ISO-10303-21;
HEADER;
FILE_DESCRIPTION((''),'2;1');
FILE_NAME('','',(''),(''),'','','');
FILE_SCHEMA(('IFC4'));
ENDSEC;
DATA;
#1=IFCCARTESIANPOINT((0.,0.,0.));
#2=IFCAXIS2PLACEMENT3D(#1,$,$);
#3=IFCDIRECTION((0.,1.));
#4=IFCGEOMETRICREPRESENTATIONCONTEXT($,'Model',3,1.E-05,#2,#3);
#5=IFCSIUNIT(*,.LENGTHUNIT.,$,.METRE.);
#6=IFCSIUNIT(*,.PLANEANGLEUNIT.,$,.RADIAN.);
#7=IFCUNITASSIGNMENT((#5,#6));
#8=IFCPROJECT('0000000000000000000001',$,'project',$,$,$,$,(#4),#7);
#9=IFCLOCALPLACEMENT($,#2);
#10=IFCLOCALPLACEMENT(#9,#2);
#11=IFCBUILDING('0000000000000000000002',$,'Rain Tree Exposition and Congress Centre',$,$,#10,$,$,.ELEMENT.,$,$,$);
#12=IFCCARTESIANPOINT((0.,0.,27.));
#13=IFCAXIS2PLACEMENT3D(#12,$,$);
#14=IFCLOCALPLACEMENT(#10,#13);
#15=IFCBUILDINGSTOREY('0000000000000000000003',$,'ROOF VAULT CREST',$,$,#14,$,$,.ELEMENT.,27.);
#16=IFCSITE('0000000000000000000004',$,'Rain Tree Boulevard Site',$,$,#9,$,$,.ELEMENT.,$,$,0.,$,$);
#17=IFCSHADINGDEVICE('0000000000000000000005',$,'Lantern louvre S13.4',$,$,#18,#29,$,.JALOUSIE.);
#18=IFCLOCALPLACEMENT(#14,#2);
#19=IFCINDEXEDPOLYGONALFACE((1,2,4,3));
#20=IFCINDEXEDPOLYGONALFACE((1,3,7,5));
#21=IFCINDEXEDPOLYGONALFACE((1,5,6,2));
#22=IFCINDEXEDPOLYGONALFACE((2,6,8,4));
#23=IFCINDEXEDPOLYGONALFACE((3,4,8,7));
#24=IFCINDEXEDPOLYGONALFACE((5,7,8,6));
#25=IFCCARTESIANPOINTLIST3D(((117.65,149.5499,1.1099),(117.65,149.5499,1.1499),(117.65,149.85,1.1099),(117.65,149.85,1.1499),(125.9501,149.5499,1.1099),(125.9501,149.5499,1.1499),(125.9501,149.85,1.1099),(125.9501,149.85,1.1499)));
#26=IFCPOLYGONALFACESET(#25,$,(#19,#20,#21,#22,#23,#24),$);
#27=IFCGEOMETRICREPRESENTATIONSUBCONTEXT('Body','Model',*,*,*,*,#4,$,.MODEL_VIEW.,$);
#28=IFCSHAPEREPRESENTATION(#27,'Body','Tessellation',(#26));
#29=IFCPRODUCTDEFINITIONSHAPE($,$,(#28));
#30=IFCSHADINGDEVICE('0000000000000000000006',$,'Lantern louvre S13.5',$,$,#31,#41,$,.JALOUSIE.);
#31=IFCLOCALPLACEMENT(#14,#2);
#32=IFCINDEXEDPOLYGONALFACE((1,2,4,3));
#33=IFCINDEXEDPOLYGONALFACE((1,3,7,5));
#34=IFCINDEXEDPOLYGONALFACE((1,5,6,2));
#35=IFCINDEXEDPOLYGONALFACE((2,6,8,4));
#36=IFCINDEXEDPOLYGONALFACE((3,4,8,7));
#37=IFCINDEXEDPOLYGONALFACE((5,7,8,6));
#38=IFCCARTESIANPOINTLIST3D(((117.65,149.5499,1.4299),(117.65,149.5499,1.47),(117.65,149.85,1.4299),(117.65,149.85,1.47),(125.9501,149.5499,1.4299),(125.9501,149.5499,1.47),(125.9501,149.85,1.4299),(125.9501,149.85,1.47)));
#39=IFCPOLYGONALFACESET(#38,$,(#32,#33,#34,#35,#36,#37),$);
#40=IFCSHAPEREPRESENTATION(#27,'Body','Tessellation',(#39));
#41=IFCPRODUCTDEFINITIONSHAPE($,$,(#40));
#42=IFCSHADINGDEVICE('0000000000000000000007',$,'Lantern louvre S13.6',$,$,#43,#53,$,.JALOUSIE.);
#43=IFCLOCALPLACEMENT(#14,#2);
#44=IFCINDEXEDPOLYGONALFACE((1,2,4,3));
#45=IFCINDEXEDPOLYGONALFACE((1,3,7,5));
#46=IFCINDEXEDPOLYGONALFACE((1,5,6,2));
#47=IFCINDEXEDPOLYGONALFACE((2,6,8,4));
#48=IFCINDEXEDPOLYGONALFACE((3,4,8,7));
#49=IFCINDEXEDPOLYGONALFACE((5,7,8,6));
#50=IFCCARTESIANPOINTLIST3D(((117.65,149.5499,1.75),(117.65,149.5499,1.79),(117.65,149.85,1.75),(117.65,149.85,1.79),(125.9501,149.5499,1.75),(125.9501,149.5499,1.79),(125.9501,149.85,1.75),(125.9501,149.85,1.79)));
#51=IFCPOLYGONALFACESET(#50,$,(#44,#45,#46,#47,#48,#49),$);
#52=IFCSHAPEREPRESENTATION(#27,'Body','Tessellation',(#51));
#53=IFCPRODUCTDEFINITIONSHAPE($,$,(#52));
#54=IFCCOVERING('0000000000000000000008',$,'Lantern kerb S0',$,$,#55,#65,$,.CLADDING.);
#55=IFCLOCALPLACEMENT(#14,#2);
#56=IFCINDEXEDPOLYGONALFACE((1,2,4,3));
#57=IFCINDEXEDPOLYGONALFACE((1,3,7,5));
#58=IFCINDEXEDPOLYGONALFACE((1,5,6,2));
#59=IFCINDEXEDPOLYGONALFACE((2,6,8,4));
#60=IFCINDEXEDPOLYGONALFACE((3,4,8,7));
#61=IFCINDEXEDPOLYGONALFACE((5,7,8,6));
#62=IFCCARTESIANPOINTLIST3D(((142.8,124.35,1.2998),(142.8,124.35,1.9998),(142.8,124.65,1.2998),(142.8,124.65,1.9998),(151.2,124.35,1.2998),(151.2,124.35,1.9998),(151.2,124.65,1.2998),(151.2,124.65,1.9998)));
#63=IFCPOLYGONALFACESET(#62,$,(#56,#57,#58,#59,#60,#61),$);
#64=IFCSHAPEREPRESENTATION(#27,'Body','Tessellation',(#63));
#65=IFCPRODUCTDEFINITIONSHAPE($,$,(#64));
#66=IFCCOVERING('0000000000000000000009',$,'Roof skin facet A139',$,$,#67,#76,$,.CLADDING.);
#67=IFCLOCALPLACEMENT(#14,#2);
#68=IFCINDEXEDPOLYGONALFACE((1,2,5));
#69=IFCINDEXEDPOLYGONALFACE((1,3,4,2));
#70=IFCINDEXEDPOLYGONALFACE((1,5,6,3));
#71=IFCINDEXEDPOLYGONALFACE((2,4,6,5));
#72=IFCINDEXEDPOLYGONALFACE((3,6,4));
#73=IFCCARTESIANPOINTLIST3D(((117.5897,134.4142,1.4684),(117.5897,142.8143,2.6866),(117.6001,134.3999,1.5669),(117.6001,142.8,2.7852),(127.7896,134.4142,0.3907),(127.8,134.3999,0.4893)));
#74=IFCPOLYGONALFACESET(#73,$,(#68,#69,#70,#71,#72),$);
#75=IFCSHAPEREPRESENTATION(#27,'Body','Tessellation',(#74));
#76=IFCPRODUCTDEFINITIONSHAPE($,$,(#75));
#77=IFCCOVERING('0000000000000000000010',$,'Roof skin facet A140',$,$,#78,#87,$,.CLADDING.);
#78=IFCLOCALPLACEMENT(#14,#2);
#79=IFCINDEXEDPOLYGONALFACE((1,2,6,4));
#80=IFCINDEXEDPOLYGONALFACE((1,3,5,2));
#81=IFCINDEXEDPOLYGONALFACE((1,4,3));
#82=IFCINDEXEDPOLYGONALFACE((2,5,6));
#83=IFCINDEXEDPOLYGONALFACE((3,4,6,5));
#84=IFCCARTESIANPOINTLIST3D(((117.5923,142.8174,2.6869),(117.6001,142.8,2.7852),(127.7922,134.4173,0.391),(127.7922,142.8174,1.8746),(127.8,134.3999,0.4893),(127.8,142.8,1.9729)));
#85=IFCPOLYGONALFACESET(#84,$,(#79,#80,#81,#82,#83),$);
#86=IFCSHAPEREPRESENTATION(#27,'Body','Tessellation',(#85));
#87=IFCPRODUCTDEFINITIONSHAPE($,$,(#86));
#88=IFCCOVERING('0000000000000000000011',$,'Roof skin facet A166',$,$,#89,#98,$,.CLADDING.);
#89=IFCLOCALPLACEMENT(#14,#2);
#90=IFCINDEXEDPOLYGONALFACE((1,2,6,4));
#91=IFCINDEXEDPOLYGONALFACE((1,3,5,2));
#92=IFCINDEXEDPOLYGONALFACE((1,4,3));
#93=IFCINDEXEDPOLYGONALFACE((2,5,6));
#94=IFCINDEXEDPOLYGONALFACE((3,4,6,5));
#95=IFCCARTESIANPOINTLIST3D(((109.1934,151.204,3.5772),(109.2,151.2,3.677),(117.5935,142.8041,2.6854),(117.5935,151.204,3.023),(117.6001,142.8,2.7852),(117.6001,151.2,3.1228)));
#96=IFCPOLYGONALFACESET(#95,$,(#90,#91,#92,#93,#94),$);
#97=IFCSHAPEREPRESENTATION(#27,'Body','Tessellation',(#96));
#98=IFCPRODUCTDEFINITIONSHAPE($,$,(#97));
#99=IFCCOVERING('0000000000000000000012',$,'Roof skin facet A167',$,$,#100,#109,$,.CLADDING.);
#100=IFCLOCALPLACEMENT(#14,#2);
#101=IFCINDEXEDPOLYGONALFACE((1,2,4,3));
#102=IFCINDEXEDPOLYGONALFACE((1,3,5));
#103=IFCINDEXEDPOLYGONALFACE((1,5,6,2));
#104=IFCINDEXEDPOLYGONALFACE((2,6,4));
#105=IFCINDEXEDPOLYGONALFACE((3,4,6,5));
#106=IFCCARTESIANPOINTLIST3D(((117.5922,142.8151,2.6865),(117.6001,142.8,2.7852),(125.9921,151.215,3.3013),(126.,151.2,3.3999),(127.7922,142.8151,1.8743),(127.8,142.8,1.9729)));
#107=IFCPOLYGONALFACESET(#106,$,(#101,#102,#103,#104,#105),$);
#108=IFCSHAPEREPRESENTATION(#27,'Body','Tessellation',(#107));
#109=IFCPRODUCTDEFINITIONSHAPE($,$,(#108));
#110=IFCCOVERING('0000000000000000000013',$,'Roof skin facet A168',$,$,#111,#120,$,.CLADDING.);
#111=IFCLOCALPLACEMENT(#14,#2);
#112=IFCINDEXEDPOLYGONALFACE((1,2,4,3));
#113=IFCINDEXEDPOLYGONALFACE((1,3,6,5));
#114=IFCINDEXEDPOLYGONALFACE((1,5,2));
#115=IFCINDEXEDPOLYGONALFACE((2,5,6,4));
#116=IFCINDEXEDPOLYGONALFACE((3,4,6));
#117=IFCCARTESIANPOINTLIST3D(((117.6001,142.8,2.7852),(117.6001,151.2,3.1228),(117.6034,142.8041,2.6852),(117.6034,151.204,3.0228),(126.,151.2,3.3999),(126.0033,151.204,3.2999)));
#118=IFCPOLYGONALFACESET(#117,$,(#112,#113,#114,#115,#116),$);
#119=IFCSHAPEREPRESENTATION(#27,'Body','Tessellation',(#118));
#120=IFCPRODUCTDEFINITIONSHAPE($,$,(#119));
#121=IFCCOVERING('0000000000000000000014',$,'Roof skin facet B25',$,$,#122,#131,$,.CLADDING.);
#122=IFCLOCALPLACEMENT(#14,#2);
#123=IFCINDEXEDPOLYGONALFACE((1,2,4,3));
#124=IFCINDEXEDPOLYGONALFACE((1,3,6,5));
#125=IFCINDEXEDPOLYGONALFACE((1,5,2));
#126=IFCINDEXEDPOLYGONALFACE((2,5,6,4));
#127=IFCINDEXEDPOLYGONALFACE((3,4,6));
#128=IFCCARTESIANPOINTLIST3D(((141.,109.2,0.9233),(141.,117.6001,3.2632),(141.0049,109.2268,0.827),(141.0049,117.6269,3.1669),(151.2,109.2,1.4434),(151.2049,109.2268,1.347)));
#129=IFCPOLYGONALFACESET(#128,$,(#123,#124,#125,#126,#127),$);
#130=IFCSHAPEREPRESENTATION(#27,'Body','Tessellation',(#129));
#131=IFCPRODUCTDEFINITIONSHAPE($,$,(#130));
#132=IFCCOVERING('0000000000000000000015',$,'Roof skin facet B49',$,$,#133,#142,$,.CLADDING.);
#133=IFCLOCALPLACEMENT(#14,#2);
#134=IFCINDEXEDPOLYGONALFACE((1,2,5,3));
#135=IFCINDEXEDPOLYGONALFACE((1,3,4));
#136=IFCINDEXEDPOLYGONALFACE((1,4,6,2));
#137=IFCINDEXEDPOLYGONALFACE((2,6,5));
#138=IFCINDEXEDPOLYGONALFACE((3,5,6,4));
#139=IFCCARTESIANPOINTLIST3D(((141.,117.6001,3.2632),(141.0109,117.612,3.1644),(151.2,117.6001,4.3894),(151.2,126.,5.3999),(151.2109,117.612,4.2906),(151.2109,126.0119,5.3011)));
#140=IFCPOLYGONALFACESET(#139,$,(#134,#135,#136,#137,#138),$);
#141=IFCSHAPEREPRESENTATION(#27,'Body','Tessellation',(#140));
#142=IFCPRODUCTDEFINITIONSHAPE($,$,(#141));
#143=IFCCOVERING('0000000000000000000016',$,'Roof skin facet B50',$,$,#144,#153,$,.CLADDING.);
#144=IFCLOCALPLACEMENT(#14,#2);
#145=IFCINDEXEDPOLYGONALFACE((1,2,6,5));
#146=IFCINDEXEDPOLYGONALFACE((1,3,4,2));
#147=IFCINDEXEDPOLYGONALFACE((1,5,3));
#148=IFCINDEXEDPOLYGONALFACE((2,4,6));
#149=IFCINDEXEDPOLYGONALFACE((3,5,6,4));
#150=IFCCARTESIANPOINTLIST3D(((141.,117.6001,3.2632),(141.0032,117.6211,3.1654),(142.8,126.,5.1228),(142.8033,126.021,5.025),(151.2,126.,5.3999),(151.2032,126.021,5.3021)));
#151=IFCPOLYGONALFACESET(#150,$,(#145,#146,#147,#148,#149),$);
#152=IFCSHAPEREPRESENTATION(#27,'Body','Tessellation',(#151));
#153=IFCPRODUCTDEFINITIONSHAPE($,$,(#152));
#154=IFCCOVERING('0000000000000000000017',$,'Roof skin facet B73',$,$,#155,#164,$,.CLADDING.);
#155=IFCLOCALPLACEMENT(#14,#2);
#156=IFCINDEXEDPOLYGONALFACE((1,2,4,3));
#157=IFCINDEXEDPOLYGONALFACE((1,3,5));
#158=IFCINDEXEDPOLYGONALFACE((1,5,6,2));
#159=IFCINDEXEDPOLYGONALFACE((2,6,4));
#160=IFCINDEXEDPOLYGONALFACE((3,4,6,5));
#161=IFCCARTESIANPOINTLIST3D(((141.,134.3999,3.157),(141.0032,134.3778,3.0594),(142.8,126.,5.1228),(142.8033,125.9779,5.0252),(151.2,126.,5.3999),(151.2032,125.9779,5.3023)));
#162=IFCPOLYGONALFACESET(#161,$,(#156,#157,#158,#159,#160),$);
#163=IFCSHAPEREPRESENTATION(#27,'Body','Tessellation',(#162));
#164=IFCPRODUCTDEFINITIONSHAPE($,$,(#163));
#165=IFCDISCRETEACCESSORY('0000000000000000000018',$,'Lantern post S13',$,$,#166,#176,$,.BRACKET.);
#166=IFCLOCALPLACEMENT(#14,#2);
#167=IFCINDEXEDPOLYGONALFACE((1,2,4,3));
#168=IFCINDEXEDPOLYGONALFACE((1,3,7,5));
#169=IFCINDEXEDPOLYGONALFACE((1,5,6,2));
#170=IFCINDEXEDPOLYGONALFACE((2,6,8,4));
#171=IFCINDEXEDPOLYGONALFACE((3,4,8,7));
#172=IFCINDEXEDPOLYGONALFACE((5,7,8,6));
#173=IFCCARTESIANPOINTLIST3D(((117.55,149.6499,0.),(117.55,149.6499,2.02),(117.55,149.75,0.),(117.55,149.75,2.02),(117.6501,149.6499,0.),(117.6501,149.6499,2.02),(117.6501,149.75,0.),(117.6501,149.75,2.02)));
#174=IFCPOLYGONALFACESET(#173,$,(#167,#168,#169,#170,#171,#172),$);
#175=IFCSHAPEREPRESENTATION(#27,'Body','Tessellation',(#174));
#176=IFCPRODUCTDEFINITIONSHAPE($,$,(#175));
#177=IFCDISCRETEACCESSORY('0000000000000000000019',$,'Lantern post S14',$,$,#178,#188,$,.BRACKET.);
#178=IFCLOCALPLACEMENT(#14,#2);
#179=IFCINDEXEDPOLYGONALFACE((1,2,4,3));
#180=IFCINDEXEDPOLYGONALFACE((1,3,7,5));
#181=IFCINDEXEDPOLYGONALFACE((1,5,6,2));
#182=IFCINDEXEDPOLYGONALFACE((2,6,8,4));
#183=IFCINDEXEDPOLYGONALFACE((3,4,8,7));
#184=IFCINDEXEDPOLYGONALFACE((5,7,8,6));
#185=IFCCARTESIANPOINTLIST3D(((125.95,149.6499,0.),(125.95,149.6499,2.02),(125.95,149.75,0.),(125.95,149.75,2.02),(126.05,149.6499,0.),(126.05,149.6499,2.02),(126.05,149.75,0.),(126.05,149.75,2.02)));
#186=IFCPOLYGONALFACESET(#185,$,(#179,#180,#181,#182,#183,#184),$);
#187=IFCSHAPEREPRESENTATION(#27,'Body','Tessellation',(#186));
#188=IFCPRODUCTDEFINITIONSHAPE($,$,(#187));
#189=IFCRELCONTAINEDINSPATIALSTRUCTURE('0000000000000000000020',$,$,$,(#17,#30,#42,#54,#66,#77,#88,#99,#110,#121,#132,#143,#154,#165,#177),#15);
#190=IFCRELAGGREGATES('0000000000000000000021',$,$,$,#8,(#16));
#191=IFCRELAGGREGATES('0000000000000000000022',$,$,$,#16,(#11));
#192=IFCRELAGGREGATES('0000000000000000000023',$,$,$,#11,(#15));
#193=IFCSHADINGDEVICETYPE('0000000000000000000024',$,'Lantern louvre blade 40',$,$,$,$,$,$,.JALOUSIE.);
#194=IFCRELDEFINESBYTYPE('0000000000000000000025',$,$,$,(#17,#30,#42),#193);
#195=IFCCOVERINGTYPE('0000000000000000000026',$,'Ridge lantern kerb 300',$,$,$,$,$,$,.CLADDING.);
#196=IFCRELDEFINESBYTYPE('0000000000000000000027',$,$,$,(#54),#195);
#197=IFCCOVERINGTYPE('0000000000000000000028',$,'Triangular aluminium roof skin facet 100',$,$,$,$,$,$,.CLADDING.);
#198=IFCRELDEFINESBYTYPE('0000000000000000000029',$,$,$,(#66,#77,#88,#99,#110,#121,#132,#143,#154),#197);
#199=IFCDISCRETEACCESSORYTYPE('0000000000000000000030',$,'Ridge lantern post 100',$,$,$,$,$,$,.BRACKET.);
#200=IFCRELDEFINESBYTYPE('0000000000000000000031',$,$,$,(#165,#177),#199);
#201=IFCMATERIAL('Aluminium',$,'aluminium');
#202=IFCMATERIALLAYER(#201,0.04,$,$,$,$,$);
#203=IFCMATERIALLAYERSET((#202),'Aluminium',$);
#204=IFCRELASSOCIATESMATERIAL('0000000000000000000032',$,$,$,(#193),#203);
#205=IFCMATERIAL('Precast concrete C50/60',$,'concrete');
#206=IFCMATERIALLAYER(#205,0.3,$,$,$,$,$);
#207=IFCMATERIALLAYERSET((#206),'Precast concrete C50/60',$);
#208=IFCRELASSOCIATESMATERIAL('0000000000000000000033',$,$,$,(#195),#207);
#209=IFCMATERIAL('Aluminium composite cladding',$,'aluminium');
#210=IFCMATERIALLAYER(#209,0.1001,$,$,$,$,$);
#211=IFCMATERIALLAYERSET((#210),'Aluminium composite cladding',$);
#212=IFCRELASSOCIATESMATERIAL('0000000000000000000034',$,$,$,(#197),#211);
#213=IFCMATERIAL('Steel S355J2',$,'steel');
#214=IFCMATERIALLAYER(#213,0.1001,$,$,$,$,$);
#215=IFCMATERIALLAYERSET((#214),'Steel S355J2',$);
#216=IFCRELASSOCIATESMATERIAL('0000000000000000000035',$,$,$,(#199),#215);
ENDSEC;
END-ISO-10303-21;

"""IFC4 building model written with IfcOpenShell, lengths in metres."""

from ifc_helpers import new_model, si_unit, direction, frame, origin, origin_2d, place, context, subcontext, project, spatial, polyline, rectangle, outline, extrude, material, layer, layer_set, type_object, element, save


model = new_model("IFC4")

# Units and contexts
model_context = context("Model", 3, precision=1e-05, world=origin(), true_north=direction((0.0, 1.0)))
body_context = subcontext(model_context, "Body", "Model", "MODEL_VIEW")
ifc_project = project(units=[si_unit("LENGTHUNIT", "METRE"), si_unit("PLANEANGLEUNIT", "RADIAN")], contexts=[model_context])

# Site, building, storey
site_placement = place(None, origin())
site = spatial("IfcSite", under=ifc_project, at=site_placement, Name="Rain Tree Boulevard Site", CompositionType="ELEMENT", RefElevation=0.0)
building_placement = place(site_placement, origin())
building = spatial("IfcBuilding", under=site, at=building_placement, Name="Rain Tree Exposition and Congress Centre", CompositionType="ELEMENT")
storey_placement = place(building_placement, frame((0.0, 0.0, 27.0)))
storey = spatial("IfcBuildingStorey", under=building, at=storey_placement, Name="ROOF VAULT CREST", CompositionType="ELEMENT", Elevation=27.0)

# Shading devices
ifc_material_1 = material(Name="Aluminium", Category="aluminium")
ifc_layer_1 = layer(ifc_material_1, 0.04)
ifc_layer_set_1 = layer_set([ifc_layer_1], Name="Aluminium")
shading_device_type = type_object("IfcShadingDeviceType", Name="Lantern louvre blade 40", PredefinedType="JALOUSIE", material=ifc_layer_set_1)
for number, where, z_axis, x_axis, name in (
    (1, (121.8, 149.7, 1.1099), (0.0, 0.0, 1.0), (1.0, 0.0, 0.0), "Lantern louvre S13.4"),
    (2, (121.8, 149.7, 1.4299), (0.0, 0.0, 1.0), (1.0, 0.0, 0.0), "Lantern louvre S13.5"),
    (3, (121.8, 149.7, 1.75), (0.0, 0.0, 1.0), (1.0, 0.0, 0.0), "Lantern louvre S13.6"),
):
    element("IfcShadingDevice", number, at=place(storey_placement, frame(where, z_axis=z_axis, x_axis=x_axis)), inside=storey, type_object=shading_device_type, Name=name, PredefinedType="JALOUSIE", context=body_context, shape_type="SweptSolid", body=[
        extrude(rectangle(XDim=8.3, YDim=0.3, at=origin_2d()), origin(), (0.0, 0.0, 1.0), 0.04),
    ])

# Coverings
ifc_material_2 = material(Name="Precast concrete C50/60", Category="concrete")
ifc_layer_2 = layer(ifc_material_2, 0.3)
ifc_layer_set_2 = layer_set([ifc_layer_2], Name="Precast concrete C50/60")
covering_type_1 = type_object("IfcCoveringType", Name="Ridge lantern kerb 300", PredefinedType="CLADDING", material=ifc_layer_set_2)
covering_1_placement = place(storey_placement, frame((147.0, 124.5, 1.2998), z_axis=(0.0, 0.0, 1.0), x_axis=(1.0, 0.0, 0.0)))
element("IfcCovering", 4, at=covering_1_placement, inside=storey, type_object=covering_type_1, Name="Lantern kerb S0", PredefinedType="CLADDING", context=body_context, shape_type="SweptSolid", body=[
    extrude(rectangle(XDim=8.3999, YDim=0.3, at=origin_2d()), origin(), (0.0, 0.0, 1.0), 0.7),
])
ifc_material_3 = material(Name="Aluminium composite cladding", Category="aluminium")
ifc_layer_3 = layer(ifc_material_3, 0.1001)
ifc_layer_set_3 = layer_set([ifc_layer_3], Name="Aluminium composite cladding")
covering_type_2 = type_object("IfcCoveringType", Name="Triangular aluminium roof skin facet 100", PredefinedType="CLADDING", material=ifc_layer_set_3)
covering_2_placement = place(storey_placement, frame((117.6001, 134.3999, 1.5669), z_axis=(0.10399, -0.142749, 0.984281), x_axis=(0.994465, 0.0, -0.105066)))
element("IfcCovering", 5, at=covering_2_placement, inside=storey, type_object=covering_type_2, Name="Roof skin facet A139", PredefinedType="CLADDING", context=body_context, shape_type="SweptSolid", body=[
    extrude(outline(polyline([(0.0, 0.0), (10.2567, 0.0), (-0.128, 8.4871), (0.0, 0.0)])), origin(), (0.0, 0.0, -1.0), 0.1001),
])
covering_3_placement = place(storey_placement, frame((127.8, 134.3999, 0.4893), z_axis=(0.07818, -0.173397, 0.981744), x_axis=(0.0, 0.984758, 0.173929)))
element("IfcCovering", 6, at=covering_3_placement, inside=storey, type_object=covering_type_2, Name="Roof skin facet A140", PredefinedType="CLADDING", context=body_context, shape_type="SweptSolid", body=[
    extrude(outline(polyline([(0.0, 0.0), (8.5302, 0.0), (8.6714, 10.2313), (0.0, 0.0)])), origin(), (0.0, 0.0, -1.0), 0.1001),
])
covering_4_placement = place(storey_placement, frame((117.6001, 142.8, 2.7852), z_axis=(0.065779, -0.040077, 0.997029), x_axis=(0.0, 0.999193, 0.040164)))
element("IfcCovering", 7, at=covering_4_placement, inside=storey, type_object=covering_type_2, Name="Roof skin facet A166", PredefinedType="CLADDING", context=body_context, shape_type="SweptSolid", body=[
    extrude(outline(polyline([(0.0, 0.0), (8.4067, 0.0), (8.4289, 8.4184), (0.0, 0.0)])), origin(), (0.0, 0.0, -1.0), 0.1001),
])
covering_5_placement = place(storey_placement, frame((117.6001, 142.8, 2.7852), z_axis=(0.078477, -0.150599, 0.985475), x_axis=(0.996844, 0.0, -0.079382)))
element("IfcCovering", 8, at=covering_5_placement, inside=storey, type_object=covering_type_2, Name="Roof skin facet A167", PredefinedType="CLADDING", context=body_context, shape_type="SweptSolid", body=[
    extrude(outline(polyline([(0.0, 0.0), (10.2322, 0.0), (8.3246, 8.4968), (0.0, 0.0)])), origin(), (0.0, 0.0, -1.0), 0.1001),
])
covering_6_placement = place(storey_placement, frame((117.6001, 142.8, 2.7852), z_axis=(-0.032944, -0.040142, 0.998651), x_axis=(0.706162, 0.706162, 0.05168)))
element("IfcCovering", 9, at=covering_6_placement, inside=storey, type_object=covering_type_2, Name="Roof skin facet A168", PredefinedType="CLADDING", context=body_context, shape_type="SweptSolid", body=[
    extrude(outline(polyline([(0.0, 0.0), (11.8952, 0.0), (5.9491, 5.9397), (0.0, 0.0)])), origin(), (0.0, 0.0, -1.0), 0.1001),
])
covering_7_placement = place(storey_placement, frame((141.0, 109.2, 0.9233), z_axis=(-0.049054, -0.26801, 0.962167), x_axis=(0.998703, 0.0, 0.050916)))
element("IfcCovering", 10, at=covering_7_placement, inside=storey, type_object=covering_type_2, Name="Roof skin facet B25", PredefinedType="CLADDING", context=body_context, shape_type="SweptSolid", body=[
    extrude(outline(polyline([(0.0, 0.0), (10.2132, 0.0), (0.1191, 8.7191), (0.0, 0.0)])), origin(), (0.0, 0.0, -1.0), 0.1001),
])
covering_8_placement = place(storey_placement, frame((141.0, 117.6001, 3.2632), z_axis=(-0.108971, -0.118726, 0.986929), x_axis=(0.99396, 0.0, 0.109747)))
element("IfcCovering", 11, at=covering_8_placement, inside=storey, type_object=covering_type_2, Name="Roof skin facet B49", PredefinedType="CLADDING", context=body_context, shape_type="SweptSolid", body=[
    extrude(outline(polyline([(0.0, 0.0), (10.2619, 0.0), (10.3728, 8.4597), (0.0, 0.0)])), origin(), (0.0, 0.0, -1.0), 0.1001),
])
covering_9_placement = place(storey_placement, frame((141.0, 117.6001, 3.2632), z_axis=(-0.032239, -0.209449, 0.977288), x_axis=(0.762033, 0.627553, 0.159633)))
element("IfcCovering", 12, at=covering_9_placement, inside=storey, type_object=covering_type_2, Name="Roof skin facet B50", PredefinedType="CLADDING", context=body_context, shape_type="SweptSolid", body=[
    extrude(outline(polyline([(0.0, 0.0), (13.3852, 0.0), (6.9399, 5.3939), (0.0, 0.0)])), origin(), (0.0, 0.0, -1.0), 0.1001),
])
covering_10_placement = place(storey_placement, frame((142.8, 126.0, 5.1228), z_axis=(-0.032154, 0.221216, 0.974695), x_axis=(0.999456, 0.0, 0.03297)))
element("IfcCovering", 13, at=covering_10_placement, inside=storey, type_object=covering_type_2, Name="Roof skin facet B73", PredefinedType="CLADDING", context=body_context, shape_type="SweptSolid", body=[
    extrude(outline(polyline([(0.0, 0.0), (8.4045, 0.0), (-1.8639, 8.6133), (0.0, 0.0)])), origin(), (0.0, 0.0, -1.0), 0.1001),
])

# Discrete accessories
ifc_material_4 = material(Name="Steel S355J2", Category="steel")
ifc_layer_4 = layer(ifc_material_4, 0.1001)
ifc_layer_set_4 = layer_set([ifc_layer_4], Name="Steel S355J2")
discrete_accessory_type_1 = type_object("IfcDiscreteAccessoryType", Name="Ridge lantern post 100", PredefinedType="BRACKET", material=ifc_layer_set_4)
for number, where, z_axis, x_axis, name in (
    (14, (117.6001, 149.7, 0.0), (0.0, 0.0, 1.0), (1.0, 0.0, 0.0), "Lantern post S13"),
    (15, (126.0, 149.7, 0.0), (0.0, 0.0, 1.0), (1.0, 0.0, 0.0), "Lantern post S14"),
):
    element("IfcDiscreteAccessory", number, at=place(storey_placement, frame(where, z_axis=z_axis, x_axis=x_axis)), inside=storey, type_object=discrete_accessory_type_1, Name=name, PredefinedType="BRACKET", context=body_context, shape_type="SweptSolid", body=[
        extrude(rectangle(XDim=0.1001, YDim=0.1001, at=origin_2d()), origin(), (0.0, 0.0, 1.0), 2.02),
    ])

save(model, "model.ifc")
